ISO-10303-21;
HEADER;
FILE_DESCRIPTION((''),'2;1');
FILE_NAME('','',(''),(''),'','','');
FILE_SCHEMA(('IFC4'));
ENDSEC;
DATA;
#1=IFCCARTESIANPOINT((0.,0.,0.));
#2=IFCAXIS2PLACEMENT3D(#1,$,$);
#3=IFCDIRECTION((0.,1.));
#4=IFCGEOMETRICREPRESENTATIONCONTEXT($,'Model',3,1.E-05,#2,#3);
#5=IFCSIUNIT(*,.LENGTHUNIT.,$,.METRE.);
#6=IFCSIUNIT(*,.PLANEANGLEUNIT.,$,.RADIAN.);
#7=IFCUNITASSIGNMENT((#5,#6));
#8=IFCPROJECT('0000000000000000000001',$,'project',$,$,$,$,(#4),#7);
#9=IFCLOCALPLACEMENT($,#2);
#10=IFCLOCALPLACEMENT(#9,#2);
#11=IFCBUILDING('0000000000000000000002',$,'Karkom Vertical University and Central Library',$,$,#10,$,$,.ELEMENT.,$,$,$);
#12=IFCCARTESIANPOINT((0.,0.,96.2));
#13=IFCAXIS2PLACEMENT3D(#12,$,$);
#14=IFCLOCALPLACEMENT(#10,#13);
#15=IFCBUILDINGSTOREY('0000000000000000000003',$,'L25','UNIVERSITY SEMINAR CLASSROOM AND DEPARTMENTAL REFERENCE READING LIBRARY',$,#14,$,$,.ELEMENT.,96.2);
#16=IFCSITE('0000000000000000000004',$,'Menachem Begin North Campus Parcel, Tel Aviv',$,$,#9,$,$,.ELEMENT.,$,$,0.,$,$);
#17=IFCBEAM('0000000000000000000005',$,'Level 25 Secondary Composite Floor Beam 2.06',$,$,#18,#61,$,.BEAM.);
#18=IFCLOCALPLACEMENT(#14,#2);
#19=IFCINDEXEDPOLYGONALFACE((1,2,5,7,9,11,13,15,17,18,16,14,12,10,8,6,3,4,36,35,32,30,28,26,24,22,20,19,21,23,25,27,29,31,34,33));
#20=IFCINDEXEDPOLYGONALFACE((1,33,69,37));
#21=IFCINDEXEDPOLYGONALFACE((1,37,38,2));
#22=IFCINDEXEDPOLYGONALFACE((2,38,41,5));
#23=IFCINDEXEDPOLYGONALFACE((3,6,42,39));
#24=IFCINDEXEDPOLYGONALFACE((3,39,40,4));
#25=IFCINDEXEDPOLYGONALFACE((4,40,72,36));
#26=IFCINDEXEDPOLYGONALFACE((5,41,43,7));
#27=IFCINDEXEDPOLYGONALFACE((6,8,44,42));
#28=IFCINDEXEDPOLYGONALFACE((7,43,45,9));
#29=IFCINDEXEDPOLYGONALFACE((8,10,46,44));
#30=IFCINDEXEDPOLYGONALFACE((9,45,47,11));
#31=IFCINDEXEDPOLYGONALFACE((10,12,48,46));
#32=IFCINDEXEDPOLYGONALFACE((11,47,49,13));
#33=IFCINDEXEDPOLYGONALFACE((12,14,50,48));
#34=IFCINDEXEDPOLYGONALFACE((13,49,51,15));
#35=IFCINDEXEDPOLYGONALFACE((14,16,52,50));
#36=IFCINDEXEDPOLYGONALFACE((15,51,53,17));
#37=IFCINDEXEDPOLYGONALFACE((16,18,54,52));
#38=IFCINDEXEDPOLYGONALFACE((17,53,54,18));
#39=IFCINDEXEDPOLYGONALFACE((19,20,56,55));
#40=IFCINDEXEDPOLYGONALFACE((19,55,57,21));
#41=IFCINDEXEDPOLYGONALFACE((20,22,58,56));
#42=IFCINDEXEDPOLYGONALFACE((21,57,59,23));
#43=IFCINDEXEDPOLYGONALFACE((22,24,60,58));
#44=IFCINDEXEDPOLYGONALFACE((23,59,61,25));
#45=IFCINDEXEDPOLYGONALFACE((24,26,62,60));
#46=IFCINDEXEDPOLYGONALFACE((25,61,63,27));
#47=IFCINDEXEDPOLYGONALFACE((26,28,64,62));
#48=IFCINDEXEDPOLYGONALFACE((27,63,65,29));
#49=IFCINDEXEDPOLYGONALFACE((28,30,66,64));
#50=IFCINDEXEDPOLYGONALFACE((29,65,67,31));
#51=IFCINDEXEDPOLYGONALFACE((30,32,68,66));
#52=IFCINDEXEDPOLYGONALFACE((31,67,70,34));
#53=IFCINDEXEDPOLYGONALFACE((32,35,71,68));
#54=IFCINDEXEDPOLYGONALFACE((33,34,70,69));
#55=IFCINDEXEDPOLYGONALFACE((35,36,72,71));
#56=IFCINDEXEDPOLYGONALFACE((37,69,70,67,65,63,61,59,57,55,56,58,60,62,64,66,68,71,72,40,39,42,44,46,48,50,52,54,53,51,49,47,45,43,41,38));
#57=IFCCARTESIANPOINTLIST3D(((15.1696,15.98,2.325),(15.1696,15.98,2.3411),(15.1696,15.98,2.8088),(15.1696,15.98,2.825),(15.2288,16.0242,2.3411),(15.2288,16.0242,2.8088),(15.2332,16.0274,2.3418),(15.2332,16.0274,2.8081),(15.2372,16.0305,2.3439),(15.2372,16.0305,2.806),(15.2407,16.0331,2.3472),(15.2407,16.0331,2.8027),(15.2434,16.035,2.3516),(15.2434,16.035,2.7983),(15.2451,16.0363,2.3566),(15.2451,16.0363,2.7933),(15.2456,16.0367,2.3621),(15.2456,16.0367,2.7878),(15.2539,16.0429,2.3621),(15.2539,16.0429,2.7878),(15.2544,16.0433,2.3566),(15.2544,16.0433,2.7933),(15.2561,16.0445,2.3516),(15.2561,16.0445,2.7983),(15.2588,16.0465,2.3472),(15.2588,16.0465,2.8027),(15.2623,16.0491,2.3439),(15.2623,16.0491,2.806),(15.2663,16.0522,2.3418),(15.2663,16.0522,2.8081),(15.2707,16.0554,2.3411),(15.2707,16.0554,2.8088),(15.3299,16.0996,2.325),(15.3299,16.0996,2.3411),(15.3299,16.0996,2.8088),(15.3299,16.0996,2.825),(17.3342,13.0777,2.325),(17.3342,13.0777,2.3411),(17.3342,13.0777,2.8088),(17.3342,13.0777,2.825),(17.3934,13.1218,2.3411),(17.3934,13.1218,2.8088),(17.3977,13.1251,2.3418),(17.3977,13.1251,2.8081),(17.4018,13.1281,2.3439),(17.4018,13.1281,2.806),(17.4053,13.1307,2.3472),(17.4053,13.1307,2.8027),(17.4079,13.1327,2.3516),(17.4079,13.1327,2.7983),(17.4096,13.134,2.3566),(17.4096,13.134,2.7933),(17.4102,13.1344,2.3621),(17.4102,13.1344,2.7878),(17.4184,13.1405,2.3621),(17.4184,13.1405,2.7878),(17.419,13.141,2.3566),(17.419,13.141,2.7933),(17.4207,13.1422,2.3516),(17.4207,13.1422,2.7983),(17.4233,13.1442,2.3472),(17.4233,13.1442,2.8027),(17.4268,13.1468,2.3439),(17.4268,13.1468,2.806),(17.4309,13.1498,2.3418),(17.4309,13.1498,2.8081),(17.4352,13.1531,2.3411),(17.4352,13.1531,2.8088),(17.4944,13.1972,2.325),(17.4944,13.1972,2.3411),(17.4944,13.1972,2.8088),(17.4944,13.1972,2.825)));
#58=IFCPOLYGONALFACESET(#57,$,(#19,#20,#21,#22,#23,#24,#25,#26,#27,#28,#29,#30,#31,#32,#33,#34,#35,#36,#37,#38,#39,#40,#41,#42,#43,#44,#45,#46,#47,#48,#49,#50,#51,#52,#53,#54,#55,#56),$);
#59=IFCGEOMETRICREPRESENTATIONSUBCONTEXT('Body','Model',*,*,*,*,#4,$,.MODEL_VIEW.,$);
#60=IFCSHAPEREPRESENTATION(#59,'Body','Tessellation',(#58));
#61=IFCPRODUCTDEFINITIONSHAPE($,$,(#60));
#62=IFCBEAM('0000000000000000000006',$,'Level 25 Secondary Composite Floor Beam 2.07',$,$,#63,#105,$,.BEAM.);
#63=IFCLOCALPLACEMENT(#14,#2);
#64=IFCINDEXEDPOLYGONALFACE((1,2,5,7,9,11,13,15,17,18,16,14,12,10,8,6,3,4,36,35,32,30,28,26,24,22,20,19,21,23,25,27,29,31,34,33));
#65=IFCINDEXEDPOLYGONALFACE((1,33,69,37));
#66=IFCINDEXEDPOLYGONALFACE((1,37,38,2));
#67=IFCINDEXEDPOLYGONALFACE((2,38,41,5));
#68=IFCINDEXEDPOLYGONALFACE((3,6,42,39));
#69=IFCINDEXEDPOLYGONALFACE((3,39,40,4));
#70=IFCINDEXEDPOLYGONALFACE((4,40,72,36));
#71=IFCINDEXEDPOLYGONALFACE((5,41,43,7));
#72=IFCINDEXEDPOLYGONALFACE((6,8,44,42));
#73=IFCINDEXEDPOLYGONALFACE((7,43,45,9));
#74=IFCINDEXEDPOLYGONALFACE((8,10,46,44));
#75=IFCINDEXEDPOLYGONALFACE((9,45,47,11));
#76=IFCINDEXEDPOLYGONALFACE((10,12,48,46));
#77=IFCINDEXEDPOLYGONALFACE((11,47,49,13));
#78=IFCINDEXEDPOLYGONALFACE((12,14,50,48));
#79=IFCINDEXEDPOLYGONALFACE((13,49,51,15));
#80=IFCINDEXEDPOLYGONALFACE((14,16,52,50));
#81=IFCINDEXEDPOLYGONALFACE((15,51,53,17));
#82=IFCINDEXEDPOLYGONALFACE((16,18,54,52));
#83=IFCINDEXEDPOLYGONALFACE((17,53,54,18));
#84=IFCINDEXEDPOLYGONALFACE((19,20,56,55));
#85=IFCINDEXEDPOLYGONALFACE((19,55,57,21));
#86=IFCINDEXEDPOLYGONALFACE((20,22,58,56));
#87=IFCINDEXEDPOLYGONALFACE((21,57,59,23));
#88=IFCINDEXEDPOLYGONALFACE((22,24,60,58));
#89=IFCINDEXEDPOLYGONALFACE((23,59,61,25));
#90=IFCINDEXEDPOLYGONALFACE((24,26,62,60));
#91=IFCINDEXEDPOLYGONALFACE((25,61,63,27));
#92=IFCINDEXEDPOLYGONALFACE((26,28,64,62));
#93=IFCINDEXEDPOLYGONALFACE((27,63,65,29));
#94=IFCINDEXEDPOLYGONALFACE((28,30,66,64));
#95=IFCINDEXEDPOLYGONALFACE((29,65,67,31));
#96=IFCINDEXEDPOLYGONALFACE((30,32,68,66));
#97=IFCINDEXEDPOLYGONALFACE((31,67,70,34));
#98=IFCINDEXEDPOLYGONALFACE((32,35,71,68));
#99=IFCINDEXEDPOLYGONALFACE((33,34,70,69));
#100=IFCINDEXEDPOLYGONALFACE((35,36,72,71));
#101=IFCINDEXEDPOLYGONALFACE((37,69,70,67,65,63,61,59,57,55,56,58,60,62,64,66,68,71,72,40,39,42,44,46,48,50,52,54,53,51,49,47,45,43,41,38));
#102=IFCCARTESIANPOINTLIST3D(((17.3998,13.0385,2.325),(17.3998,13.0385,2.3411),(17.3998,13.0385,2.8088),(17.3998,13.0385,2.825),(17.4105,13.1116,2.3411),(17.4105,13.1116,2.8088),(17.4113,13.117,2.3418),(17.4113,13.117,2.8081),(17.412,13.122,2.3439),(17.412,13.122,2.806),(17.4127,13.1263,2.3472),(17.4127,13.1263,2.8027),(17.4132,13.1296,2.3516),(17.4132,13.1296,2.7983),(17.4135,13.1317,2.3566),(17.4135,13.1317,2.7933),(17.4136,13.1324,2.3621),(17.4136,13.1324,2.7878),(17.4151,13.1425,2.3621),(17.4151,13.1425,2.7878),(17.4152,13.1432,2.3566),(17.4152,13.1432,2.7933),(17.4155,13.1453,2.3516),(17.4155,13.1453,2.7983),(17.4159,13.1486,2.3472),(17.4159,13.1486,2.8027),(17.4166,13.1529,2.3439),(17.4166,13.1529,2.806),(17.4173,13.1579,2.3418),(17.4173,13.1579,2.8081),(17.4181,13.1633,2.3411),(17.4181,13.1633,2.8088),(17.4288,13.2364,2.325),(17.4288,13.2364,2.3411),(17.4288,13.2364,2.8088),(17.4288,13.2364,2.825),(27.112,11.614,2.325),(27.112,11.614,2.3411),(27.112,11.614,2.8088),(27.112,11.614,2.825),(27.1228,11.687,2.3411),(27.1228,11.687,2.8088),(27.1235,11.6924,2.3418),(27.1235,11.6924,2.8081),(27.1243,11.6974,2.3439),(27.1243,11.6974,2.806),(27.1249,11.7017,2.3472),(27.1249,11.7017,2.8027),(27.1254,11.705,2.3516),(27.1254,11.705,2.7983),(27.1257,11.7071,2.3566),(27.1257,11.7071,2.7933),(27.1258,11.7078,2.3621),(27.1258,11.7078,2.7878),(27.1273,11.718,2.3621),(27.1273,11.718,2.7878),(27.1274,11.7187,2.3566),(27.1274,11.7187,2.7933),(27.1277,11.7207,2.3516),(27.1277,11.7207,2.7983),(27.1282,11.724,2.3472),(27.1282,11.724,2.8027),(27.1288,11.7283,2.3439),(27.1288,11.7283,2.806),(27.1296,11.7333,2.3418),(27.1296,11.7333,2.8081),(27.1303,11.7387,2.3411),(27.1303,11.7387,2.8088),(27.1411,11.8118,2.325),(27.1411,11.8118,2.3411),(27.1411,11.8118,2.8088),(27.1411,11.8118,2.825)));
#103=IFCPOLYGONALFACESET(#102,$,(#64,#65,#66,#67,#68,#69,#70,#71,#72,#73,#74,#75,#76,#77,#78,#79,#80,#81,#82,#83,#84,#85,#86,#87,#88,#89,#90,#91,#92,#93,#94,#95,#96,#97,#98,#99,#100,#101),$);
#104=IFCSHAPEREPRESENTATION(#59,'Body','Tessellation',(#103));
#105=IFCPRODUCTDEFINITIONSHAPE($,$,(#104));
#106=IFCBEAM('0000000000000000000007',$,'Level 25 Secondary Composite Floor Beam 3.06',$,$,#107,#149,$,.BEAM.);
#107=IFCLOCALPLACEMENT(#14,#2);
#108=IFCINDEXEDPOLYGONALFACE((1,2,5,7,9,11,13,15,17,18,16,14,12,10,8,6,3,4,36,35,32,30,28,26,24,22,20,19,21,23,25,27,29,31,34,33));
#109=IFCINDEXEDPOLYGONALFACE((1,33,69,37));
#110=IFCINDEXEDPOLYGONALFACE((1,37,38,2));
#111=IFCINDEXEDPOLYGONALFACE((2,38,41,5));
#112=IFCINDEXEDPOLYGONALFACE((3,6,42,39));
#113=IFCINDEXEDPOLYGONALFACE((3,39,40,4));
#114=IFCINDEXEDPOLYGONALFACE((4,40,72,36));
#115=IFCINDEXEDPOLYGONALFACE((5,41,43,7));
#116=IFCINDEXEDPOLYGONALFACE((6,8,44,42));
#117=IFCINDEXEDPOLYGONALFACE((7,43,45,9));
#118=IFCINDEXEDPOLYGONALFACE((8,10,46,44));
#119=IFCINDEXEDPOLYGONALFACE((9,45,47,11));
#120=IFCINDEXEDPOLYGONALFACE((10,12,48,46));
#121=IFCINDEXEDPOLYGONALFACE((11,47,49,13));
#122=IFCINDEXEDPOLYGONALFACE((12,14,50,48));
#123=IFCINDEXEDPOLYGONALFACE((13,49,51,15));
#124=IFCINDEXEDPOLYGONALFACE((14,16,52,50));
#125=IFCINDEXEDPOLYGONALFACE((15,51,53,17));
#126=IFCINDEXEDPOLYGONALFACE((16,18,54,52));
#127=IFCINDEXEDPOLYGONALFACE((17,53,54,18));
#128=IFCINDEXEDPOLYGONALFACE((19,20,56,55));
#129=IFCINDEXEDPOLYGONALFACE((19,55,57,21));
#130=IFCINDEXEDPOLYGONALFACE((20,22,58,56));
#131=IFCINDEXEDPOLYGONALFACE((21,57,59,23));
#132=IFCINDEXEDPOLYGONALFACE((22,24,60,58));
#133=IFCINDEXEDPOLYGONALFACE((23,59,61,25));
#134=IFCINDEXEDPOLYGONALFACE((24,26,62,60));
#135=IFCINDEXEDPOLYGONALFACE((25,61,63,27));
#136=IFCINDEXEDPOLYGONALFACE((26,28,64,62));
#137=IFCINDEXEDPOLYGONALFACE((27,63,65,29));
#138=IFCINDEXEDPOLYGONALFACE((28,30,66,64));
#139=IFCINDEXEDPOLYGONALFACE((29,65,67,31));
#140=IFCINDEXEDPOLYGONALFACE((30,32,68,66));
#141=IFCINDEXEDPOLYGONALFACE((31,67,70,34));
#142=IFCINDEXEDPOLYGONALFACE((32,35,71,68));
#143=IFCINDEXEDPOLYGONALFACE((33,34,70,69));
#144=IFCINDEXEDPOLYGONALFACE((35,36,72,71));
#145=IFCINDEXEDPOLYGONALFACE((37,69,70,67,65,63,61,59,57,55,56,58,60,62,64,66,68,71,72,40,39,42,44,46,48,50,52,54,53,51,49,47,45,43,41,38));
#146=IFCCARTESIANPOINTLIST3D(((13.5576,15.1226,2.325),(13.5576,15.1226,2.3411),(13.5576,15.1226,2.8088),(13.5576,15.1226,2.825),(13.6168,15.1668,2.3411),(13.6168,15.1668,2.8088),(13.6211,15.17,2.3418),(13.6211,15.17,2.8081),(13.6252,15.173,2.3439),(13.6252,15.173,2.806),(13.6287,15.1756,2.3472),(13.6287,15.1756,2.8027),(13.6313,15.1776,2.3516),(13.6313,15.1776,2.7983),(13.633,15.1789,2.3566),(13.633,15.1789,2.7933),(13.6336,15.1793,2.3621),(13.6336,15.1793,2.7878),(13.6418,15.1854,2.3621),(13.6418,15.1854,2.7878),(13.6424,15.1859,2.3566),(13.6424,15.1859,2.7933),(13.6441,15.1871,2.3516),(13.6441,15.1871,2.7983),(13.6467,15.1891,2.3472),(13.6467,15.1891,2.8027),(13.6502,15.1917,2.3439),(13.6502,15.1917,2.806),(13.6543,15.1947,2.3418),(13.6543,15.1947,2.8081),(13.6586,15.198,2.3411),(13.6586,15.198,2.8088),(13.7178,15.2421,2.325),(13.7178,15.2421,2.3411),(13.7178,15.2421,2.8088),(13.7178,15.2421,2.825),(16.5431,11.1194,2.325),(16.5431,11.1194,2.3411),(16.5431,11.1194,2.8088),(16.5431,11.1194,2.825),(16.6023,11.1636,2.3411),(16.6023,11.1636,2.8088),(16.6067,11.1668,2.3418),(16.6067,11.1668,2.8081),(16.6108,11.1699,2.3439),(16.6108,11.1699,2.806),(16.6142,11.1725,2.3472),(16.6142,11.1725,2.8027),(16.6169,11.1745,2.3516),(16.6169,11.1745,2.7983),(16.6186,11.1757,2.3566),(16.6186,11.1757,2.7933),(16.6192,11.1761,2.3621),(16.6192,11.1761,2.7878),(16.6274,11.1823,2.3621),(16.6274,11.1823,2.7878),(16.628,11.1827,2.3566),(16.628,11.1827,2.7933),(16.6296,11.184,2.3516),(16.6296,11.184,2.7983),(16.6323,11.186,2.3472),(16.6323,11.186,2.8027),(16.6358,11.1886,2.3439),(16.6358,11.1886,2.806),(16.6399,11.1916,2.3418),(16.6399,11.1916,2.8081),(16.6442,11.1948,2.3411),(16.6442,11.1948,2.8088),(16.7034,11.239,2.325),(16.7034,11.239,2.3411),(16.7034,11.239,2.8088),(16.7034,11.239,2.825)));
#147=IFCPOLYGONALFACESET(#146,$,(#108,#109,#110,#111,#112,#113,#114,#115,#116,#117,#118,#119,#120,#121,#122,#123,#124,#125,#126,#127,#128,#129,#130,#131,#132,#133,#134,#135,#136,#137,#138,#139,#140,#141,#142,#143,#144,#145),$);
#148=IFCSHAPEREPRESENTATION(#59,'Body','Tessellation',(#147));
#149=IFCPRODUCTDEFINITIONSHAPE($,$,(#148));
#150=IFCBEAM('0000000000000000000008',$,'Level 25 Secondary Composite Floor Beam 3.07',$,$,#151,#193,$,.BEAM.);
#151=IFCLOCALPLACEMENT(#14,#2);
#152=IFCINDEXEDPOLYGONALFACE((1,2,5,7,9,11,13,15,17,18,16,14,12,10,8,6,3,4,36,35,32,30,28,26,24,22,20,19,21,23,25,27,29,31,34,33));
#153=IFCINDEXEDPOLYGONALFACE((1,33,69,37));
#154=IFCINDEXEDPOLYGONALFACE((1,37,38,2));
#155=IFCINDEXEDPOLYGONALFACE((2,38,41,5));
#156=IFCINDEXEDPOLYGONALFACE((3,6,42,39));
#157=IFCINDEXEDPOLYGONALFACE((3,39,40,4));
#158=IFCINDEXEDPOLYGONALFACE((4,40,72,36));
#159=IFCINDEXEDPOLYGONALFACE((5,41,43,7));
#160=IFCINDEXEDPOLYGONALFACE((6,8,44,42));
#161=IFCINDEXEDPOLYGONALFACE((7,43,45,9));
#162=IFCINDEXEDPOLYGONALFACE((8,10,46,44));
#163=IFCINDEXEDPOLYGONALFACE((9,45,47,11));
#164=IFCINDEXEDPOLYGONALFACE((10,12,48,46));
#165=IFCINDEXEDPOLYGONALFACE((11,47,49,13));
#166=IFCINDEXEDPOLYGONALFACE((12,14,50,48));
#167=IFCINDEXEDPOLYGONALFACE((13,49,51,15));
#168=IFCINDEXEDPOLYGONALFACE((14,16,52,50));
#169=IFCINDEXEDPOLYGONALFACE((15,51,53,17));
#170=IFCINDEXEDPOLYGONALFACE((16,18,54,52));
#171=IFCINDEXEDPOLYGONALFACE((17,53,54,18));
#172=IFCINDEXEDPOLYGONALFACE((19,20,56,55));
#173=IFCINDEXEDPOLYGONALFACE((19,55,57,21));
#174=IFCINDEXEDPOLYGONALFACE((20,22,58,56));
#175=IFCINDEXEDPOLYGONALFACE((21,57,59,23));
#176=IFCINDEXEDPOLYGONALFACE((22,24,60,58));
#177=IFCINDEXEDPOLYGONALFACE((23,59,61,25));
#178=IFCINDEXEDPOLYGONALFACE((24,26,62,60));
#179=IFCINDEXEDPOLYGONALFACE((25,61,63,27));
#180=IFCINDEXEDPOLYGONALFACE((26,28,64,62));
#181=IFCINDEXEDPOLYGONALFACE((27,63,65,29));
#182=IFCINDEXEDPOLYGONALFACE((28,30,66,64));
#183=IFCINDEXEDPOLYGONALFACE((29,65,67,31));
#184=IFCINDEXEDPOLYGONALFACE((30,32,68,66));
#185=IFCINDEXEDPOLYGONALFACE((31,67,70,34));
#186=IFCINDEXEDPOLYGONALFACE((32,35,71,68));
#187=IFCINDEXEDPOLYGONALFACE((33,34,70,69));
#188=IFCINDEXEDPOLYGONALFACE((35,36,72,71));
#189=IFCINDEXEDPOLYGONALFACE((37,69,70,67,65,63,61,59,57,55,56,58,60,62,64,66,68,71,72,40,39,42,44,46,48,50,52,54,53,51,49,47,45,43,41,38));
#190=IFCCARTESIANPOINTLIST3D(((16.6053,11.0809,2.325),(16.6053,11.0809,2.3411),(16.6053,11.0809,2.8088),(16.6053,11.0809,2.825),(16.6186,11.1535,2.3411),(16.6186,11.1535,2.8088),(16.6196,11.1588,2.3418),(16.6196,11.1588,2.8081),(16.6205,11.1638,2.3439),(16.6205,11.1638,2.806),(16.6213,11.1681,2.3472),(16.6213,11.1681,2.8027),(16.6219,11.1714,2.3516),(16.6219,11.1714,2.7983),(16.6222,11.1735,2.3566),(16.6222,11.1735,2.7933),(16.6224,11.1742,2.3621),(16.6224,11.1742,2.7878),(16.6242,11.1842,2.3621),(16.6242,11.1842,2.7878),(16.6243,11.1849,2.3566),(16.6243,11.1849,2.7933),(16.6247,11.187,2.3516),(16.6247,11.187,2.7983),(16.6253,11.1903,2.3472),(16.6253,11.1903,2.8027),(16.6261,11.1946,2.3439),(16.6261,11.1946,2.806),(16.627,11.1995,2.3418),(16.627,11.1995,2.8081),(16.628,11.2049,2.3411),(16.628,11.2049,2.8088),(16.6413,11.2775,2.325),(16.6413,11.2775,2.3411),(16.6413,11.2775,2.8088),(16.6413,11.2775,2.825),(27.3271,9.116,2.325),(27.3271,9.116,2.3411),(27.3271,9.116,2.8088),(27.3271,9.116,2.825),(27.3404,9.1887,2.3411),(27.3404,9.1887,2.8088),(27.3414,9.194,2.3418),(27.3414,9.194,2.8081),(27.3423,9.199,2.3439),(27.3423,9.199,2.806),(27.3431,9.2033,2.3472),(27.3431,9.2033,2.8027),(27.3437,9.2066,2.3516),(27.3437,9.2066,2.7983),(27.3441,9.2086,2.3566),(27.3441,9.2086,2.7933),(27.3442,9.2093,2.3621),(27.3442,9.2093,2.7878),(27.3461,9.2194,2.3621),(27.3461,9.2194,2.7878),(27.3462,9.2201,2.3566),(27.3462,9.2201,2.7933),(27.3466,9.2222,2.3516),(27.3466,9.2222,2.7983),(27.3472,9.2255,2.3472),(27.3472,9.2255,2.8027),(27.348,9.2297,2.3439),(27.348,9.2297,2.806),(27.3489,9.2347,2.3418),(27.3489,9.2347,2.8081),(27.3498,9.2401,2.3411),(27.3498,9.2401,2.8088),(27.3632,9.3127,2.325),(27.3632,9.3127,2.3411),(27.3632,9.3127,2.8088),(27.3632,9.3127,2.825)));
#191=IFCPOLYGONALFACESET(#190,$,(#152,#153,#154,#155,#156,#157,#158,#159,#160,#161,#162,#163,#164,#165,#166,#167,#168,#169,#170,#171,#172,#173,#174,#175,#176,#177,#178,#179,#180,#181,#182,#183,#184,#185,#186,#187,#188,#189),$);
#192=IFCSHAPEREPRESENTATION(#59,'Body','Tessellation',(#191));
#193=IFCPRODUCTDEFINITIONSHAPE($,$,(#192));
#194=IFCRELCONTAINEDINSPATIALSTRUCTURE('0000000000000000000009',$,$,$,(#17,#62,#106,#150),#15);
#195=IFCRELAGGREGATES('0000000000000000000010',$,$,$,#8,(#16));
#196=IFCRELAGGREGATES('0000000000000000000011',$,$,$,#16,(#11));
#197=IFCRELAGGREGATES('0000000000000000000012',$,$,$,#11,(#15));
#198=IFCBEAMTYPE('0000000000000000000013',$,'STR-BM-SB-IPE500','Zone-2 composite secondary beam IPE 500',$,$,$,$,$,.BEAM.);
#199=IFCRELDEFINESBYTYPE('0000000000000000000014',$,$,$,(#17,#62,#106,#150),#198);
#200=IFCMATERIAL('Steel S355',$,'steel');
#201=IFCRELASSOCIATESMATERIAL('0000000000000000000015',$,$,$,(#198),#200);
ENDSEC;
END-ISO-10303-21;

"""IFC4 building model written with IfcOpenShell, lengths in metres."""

from ifc_helpers import new_model, si_unit, direction, frame, origin, origin_with_axes, origin_2d, place, context, subcontext, project, spatial, i_section, extrude, source, transform, mapped, material, material_profile, profile_set, type_object, element, save


model = new_model("IFC4")

# Units and contexts
model_context = context("Model", 3, precision=1e-05, world=origin(), true_north=direction((0.0, 1.0)))
body_context = subcontext(model_context, "Body", "Model", "MODEL_VIEW")
ifc_project = project(units=[si_unit("LENGTHUNIT", "METRE"), si_unit("PLANEANGLEUNIT", "RADIAN")], contexts=[model_context])

# Site, building, storey
site_placement = place(None, origin())
site = spatial("IfcSite", under=ifc_project, at=site_placement, Name="Menachem Begin North Campus Parcel, Tel Aviv", CompositionType="ELEMENT", RefElevation=0.0)
building_placement = place(site_placement, origin())
building = spatial("IfcBuilding", under=site, at=building_placement, Name="Karkom Vertical University and Central Library", CompositionType="ELEMENT")
storey_placement = place(building_placement, frame((0.0, 0.0, 96.2)))
storey = spatial("IfcBuildingStorey", under=building, at=storey_placement, Name="L25", Description="UNIVERSITY SEMINAR CLASSROOM AND DEPARTMENTAL REFERENCE READING LIBRARY", CompositionType="ELEMENT", Elevation=96.2)

# Beams
ifc_material_1 = material(Name="Steel S355", Category="steel")
ifc_material_profile_1 = material_profile(ifc_material_1, i_section(OverallWidth=0.2, OverallDepth=0.5, WebThickness=0.0103, FlangeThickness=0.0161, FilletRadius=0.021, at=origin_2d()), Name="IPE 500")
ifc_profile_set_1 = profile_set([ifc_material_profile_1], Name="Steel S355")
beam_type_1 = type_object("IfcBeamType", Name="STR-BM-SB-IPE500", Description="Zone-2 composite secondary beam IPE 500", PredefinedType="BEAM", material=ifc_profile_set_1)
shared_shape_1 = source(origin_with_axes(), body_context, "Body", "SweptSolid", [
    extrude(i_section(OverallWidth=0.2, OverallDepth=0.5, WebThickness=0.0103, FlangeThickness=0.0161, FilletRadius=0.021, at=origin_2d()), origin(), (0.0, 0.0, 1.0), 3.6206),
])
beam_1_placement = place(storey_placement, frame((15.2498, 16.0398, 2.575), z_axis=(0.59784, -0.801615, 0.0), x_axis=(0.801615, 0.59784, 0.0)))
element("IfcBeam", 1, at=beam_1_placement, inside=storey, type_object=beam_type_1, Name="Level 25 Secondary Composite Floor Beam 2.06", PredefinedType="BEAM", context=body_context, shape_type="MappedRepresentation", body=[
    mapped(shared_shape_1, transform((0.0, 0.0, 0.0), scale=1.0)),
])
shared_shape_2 = source(origin_with_axes(), body_context, "Body", "SweptSolid", [
    extrude(i_section(OverallWidth=0.2, OverallDepth=0.5, WebThickness=0.0103, FlangeThickness=0.0161, FilletRadius=0.021, at=origin_2d()), origin(), (0.0, 0.0, 1.0), 9.8162),
])
beam_2_placement = place(storey_placement, frame((17.4143, 13.1375, 2.575), z_axis=(0.989413, -0.145125, 0.0), x_axis=(0.145125, 0.989413, 0.0)))
element("IfcBeam", 2, at=beam_2_placement, inside=storey, type_object=beam_type_1, Name="Level 25 Secondary Composite Floor Beam 2.07", PredefinedType="BEAM", context=body_context, shape_type="MappedRepresentation", body=[
    mapped(shared_shape_2, transform((0.0, 0.0, 0.0), scale=1.0)),
])
shared_shape_3 = source(origin_with_axes(), body_context, "Body", "SweptSolid", [
    extrude(i_section(OverallWidth=0.2, OverallDepth=0.5, WebThickness=0.0103, FlangeThickness=0.0161, FilletRadius=0.021, at=origin_2d()), origin(), (0.0, 0.0, 1.0), 4.9939),
])
beam_3_placement = place(storey_placement, frame((13.6377, 15.1824, 2.575), z_axis=(0.597847, -0.80161, 0.0), x_axis=(0.80161, 0.597847, 0.0)))
element("IfcBeam", 3, at=beam_3_placement, inside=storey, type_object=beam_type_1, Name="Level 25 Secondary Composite Floor Beam 3.06", PredefinedType="BEAM", context=body_context, shape_type="MappedRepresentation", body=[
    mapped(shared_shape_3, transform((0.0, 0.0, 0.0), scale=1.0)),
])
shared_shape_4 = source(origin_with_axes(), body_context, "Body", "SweptSolid", [
    extrude(i_section(OverallWidth=0.2, OverallDepth=0.5, WebThickness=0.0103, FlangeThickness=0.0161, FilletRadius=0.021, at=origin_2d()), origin(), (0.0, 0.0, 1.0), 10.9004),
])
beam_4_placement = place(storey_placement, frame((16.6233, 11.1792, 2.575), z_axis=(0.98362, -0.180253, 0.0), x_axis=(0.180253, 0.98362, 0.0)))
element("IfcBeam", 4, at=beam_4_placement, inside=storey, type_object=beam_type_1, Name="Level 25 Secondary Composite Floor Beam 3.07", PredefinedType="BEAM", context=body_context, shape_type="MappedRepresentation", body=[
    mapped(shared_shape_4, transform((0.0, 0.0, 0.0), scale=1.0)),
])

save(model, "model.ifc")
